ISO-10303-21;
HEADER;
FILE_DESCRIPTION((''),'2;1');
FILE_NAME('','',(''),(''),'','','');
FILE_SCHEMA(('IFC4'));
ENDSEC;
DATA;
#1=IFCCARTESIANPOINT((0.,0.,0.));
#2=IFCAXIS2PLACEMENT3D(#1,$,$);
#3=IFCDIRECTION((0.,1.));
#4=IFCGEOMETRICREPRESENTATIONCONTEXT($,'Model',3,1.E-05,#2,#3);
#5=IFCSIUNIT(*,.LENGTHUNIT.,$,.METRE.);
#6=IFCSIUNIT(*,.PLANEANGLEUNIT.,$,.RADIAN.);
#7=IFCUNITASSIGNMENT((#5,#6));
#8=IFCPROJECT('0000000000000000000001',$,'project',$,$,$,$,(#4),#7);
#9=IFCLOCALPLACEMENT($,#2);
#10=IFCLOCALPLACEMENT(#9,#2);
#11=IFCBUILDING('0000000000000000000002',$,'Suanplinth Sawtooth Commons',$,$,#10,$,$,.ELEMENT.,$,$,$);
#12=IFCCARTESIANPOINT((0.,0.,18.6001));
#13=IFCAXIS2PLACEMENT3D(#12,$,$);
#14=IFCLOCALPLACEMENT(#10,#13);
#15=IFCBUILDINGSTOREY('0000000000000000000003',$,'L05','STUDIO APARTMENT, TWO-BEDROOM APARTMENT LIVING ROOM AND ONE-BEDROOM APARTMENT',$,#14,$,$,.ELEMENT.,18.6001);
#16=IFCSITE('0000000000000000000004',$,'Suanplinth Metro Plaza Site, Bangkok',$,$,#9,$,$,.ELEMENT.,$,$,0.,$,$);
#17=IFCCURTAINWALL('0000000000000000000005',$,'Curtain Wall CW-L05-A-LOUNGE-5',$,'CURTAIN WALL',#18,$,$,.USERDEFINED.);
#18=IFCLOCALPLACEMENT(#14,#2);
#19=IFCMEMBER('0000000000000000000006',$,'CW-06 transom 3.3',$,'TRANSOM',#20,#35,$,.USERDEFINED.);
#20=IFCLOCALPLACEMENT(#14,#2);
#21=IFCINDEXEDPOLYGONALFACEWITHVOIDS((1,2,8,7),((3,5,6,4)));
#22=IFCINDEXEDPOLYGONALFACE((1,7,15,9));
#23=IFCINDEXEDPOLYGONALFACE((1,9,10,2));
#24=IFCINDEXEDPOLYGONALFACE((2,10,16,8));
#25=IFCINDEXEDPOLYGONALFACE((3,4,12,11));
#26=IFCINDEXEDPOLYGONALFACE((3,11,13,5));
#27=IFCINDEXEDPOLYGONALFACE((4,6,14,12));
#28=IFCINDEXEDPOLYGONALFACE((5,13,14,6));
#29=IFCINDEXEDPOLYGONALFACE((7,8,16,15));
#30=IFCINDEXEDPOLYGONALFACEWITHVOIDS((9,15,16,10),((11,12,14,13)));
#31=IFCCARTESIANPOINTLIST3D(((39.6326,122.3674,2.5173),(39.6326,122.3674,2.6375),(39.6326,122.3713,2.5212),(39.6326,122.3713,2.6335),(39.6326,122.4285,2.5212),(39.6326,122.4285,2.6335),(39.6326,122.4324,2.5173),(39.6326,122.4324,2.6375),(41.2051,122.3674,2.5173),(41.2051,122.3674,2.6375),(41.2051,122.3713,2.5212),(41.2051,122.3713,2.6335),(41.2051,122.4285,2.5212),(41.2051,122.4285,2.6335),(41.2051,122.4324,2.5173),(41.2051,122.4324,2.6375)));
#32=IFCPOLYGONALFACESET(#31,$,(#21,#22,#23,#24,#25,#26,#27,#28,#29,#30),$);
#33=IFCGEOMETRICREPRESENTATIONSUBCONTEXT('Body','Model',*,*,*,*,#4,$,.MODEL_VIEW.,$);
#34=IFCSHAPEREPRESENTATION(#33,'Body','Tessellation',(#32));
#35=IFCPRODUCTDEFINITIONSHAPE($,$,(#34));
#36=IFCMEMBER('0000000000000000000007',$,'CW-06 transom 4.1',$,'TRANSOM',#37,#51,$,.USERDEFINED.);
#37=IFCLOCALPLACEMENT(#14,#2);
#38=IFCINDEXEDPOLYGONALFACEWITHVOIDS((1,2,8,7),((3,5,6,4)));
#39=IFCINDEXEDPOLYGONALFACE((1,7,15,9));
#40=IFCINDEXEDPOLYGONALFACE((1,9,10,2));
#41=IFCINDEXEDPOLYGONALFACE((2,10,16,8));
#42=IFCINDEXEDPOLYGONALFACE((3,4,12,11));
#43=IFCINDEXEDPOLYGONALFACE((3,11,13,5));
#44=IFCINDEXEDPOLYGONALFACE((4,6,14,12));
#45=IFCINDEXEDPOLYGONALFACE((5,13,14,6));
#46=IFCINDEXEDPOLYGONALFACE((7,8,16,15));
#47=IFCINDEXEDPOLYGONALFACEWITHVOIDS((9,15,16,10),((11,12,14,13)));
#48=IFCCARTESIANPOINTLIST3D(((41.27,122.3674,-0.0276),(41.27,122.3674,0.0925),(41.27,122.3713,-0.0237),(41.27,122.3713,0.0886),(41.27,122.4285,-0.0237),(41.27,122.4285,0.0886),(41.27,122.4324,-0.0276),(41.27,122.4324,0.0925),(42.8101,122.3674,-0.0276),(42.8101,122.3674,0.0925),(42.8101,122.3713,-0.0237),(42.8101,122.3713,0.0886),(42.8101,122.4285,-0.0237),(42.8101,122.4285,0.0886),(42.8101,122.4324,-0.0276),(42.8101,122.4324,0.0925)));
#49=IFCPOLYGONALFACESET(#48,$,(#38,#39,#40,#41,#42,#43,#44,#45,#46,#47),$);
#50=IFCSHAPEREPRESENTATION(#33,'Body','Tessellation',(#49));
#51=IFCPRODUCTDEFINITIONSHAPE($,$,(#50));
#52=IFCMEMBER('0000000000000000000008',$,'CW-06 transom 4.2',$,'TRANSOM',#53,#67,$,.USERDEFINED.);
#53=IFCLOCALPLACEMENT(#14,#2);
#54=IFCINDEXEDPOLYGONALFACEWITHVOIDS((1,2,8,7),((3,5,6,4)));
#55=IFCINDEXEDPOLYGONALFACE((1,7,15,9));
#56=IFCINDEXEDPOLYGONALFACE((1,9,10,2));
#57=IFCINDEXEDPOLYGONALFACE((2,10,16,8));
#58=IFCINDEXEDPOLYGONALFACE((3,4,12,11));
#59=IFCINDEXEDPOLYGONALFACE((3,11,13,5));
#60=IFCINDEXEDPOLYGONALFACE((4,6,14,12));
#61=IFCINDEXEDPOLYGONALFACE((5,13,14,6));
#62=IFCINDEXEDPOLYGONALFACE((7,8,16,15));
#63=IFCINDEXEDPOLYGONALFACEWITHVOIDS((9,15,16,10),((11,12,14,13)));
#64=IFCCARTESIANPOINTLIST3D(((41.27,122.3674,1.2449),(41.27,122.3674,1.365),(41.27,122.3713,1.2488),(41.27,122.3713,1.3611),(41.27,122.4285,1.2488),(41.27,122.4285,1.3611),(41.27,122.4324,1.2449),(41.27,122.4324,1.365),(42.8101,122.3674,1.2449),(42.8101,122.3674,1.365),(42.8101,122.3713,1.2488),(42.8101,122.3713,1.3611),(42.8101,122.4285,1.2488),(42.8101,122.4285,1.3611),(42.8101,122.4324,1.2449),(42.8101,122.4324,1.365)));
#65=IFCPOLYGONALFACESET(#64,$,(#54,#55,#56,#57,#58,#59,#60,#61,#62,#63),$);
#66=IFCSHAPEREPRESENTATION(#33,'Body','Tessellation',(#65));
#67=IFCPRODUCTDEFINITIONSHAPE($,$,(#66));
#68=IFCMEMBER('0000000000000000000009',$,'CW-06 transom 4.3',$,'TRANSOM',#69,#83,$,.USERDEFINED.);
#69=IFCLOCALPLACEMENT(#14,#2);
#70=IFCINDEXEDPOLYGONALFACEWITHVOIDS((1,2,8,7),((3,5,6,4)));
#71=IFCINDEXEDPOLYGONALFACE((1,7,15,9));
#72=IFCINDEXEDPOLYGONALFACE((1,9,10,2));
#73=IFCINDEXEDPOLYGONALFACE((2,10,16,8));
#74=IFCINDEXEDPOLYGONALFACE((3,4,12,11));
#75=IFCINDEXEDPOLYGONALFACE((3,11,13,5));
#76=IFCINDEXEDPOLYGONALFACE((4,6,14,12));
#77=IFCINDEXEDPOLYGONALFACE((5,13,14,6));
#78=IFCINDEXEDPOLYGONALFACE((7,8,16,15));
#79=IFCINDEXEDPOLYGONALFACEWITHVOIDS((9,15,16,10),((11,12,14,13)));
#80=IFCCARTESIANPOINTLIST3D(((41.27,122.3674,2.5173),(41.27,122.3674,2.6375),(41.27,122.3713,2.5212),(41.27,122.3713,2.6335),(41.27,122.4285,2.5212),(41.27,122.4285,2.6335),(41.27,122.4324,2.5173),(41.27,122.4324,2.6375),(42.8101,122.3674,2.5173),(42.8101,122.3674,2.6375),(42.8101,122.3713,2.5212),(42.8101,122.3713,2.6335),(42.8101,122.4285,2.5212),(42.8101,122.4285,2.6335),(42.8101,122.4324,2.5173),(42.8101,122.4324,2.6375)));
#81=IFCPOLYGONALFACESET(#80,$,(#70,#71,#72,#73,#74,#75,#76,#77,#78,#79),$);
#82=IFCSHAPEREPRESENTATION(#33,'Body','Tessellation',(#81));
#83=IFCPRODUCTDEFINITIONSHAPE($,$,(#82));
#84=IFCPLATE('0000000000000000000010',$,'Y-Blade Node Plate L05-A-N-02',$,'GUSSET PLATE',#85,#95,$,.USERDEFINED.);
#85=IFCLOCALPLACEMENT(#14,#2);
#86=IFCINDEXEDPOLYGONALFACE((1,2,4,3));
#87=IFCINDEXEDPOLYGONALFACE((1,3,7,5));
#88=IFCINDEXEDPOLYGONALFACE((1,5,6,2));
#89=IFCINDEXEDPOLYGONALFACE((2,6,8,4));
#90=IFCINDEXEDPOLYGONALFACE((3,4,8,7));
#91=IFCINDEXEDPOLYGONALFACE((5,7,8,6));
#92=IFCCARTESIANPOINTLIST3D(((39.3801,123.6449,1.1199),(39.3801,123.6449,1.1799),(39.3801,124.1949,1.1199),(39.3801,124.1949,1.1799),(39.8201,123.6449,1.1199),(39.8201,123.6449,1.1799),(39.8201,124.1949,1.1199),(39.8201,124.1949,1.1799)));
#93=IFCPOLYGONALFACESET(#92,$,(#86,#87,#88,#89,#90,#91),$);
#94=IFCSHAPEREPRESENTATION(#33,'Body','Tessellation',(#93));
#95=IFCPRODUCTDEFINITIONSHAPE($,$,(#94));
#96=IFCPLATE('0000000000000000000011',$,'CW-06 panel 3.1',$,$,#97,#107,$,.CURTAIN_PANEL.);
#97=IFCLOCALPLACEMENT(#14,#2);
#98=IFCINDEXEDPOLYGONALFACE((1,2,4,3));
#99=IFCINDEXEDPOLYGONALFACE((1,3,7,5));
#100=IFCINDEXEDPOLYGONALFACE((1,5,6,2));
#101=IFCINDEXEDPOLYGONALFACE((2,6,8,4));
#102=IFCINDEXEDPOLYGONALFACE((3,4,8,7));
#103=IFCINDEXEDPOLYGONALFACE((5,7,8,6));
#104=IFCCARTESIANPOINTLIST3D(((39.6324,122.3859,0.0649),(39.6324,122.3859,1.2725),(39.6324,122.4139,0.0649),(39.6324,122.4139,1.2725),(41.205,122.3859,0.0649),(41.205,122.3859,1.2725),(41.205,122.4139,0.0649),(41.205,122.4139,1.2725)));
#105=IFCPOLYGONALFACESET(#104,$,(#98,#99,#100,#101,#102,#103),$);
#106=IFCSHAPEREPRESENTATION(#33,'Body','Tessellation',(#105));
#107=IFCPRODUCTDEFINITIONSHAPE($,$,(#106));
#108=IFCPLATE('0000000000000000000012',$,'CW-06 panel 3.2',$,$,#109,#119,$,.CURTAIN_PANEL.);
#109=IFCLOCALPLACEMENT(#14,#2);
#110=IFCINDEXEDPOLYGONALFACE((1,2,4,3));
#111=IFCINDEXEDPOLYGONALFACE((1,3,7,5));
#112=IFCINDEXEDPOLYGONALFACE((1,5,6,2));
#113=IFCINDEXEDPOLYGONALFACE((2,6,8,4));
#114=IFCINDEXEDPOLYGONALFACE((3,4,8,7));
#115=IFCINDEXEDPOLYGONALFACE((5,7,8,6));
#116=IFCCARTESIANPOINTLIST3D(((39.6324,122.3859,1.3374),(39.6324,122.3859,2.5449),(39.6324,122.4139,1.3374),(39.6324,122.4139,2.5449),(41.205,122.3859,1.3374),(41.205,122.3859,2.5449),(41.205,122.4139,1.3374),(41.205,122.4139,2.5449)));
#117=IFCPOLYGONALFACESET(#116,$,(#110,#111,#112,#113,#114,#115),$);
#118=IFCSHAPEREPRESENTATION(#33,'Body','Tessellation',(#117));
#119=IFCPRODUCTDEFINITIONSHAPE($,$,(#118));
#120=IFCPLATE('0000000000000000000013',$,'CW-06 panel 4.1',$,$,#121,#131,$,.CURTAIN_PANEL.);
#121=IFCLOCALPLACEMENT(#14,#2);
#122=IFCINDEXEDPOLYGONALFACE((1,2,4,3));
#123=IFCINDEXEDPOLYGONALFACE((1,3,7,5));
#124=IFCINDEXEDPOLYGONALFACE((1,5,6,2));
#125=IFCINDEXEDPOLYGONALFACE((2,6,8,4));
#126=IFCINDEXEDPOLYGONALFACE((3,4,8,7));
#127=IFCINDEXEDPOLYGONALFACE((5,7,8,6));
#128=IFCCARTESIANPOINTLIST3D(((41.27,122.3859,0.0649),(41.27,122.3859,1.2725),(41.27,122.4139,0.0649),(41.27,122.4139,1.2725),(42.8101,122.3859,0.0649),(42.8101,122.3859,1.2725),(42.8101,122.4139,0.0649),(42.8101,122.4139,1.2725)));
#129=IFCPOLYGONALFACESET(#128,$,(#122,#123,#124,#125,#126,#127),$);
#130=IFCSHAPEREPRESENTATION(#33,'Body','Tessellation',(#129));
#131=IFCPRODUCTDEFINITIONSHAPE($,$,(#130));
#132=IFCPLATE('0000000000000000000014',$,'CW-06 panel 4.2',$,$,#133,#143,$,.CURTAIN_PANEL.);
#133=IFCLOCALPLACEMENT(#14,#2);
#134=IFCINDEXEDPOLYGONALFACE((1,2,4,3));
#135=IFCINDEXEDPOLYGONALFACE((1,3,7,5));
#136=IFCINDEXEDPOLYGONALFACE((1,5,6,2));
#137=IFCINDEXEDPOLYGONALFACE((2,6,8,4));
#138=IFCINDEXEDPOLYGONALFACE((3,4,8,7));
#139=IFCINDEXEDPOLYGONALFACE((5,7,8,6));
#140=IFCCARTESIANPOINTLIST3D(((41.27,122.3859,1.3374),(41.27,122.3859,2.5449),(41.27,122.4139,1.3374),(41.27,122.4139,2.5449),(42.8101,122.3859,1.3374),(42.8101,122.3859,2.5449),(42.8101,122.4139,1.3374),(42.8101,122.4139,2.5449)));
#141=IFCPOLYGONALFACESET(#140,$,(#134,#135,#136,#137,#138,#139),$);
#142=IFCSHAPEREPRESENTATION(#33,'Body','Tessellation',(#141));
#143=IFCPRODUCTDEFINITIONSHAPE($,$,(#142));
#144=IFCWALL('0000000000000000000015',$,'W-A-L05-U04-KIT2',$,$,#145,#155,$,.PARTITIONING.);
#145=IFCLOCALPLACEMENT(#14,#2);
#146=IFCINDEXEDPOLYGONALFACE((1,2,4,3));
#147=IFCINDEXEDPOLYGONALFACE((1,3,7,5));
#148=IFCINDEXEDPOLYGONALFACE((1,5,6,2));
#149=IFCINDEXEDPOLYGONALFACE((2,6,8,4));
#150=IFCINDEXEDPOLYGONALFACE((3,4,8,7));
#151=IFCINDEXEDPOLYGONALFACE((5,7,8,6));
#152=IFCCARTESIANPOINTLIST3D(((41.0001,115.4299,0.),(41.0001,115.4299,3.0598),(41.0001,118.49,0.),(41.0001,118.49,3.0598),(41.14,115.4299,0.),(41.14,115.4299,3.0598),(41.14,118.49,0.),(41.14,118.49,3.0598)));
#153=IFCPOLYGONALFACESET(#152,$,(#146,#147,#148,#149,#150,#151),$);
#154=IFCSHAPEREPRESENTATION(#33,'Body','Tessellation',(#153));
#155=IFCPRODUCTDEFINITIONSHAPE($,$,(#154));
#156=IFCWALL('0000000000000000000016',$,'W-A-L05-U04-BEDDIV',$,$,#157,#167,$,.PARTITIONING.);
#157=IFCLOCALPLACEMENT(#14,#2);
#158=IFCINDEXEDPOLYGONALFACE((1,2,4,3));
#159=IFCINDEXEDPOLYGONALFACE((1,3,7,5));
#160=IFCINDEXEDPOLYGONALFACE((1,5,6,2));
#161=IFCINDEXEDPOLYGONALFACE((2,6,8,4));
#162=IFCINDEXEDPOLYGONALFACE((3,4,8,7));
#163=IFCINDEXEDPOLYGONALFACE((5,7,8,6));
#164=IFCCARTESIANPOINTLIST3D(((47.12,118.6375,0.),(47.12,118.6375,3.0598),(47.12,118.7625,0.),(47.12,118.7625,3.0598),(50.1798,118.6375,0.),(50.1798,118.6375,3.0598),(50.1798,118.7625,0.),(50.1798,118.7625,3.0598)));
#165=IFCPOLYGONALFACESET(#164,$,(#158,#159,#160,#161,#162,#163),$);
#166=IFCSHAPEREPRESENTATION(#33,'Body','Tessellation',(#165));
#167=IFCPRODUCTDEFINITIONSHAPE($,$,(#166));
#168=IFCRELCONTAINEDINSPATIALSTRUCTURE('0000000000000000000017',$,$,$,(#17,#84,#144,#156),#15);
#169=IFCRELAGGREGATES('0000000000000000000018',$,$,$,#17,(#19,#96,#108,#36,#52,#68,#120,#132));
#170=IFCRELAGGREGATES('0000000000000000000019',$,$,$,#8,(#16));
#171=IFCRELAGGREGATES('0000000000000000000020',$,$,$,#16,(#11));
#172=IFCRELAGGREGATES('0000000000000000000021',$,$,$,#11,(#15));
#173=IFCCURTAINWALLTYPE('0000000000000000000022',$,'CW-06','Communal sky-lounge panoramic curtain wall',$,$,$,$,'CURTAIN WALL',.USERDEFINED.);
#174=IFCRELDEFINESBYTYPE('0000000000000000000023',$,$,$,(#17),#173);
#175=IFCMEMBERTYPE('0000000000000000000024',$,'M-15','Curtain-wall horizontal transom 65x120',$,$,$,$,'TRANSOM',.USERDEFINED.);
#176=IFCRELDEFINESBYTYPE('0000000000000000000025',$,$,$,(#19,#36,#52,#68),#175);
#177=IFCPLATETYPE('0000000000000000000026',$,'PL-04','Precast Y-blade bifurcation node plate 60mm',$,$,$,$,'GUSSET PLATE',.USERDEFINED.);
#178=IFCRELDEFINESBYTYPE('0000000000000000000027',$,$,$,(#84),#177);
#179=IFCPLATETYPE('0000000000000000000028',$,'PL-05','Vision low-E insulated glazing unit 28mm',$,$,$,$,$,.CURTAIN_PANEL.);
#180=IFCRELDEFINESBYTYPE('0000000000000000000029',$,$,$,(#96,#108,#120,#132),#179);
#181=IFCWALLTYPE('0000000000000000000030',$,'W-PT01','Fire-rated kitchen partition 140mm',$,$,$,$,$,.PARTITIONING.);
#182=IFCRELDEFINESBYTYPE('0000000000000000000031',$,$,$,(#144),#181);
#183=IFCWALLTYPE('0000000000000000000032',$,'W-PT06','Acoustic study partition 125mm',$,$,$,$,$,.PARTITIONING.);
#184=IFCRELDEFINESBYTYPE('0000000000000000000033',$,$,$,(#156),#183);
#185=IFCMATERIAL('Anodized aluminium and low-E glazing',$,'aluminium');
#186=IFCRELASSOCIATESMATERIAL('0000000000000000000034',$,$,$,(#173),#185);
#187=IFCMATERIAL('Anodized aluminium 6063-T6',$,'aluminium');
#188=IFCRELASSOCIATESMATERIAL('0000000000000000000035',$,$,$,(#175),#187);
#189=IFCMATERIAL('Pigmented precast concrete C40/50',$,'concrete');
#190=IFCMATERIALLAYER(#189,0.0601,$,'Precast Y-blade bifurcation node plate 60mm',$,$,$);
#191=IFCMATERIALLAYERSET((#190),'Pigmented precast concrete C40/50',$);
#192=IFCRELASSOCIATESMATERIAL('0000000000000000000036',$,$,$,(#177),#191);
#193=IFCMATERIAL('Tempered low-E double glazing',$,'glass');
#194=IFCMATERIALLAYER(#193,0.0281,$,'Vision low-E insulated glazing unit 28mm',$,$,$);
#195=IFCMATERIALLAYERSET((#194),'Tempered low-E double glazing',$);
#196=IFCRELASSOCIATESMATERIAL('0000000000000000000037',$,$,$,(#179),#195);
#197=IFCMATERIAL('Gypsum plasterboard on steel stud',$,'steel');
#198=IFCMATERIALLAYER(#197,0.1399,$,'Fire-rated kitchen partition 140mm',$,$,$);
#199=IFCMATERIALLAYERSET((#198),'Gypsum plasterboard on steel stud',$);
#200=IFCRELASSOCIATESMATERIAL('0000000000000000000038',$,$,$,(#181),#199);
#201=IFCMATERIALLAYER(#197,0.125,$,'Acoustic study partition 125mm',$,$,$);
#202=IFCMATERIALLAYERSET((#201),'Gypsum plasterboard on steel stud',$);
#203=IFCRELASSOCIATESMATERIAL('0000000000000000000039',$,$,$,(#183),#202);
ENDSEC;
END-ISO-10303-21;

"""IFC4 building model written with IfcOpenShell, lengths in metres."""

from ifc_helpers import new_model, si_unit, direction, frame, frame_2d, origin, origin_2d, place, context, subcontext, project, spatial, rectangle, hollow_rectangle, extrude, material, layer, layer_set, material_profile, profile_set, type_object, element, aggregate, save


model = new_model("IFC4")

# Units and contexts
model_context = context("Model", 3, precision=1e-05, world=origin(), true_north=direction((0.0, 1.0)))
body_context = subcontext(model_context, "Body", "Model", "MODEL_VIEW")
ifc_project = project(units=[si_unit("LENGTHUNIT", "METRE"), si_unit("PLANEANGLEUNIT", "RADIAN")], contexts=[model_context])

# Site, building, storey
site_placement = place(None, origin())
site = spatial("IfcSite", under=ifc_project, at=site_placement, Name="Suanplinth Metro Plaza Site, Bangkok", CompositionType="ELEMENT", RefElevation=0.0)
building_placement = place(site_placement, origin())
building = spatial("IfcBuilding", under=site, at=building_placement, Name="Suanplinth Sawtooth Commons", CompositionType="ELEMENT")
storey_placement = place(building_placement, frame((0.0, 0.0, 18.6001)))
storey = spatial("IfcBuildingStorey", under=building, at=storey_placement, Name="L05", Description="STUDIO APARTMENT, TWO-BEDROOM APARTMENT LIVING ROOM AND ONE-BEDROOM APARTMENT", CompositionType="ELEMENT", Elevation=18.6001)

# Shared definitions
ifc_material_1 = material(Name="Pigmented precast concrete C40/50", Category="concrete")

# Curtain wall, members
ifc_material_2 = material(Name="Anodized aluminium and low-E glazing", Category="aluminium")
curtain_wall_type = type_object("IfcCurtainWallType", Name="CW-06", Description="Communal sky-lounge panoramic curtain wall", ElementType="CURTAIN WALL", PredefinedType="USERDEFINED", material=ifc_material_2)
curtain_wall_placement = place(storey_placement, origin())
curtain_wall = element("IfcCurtainWall", 1, at=curtain_wall_placement, inside=storey, type_object=curtain_wall_type, Name="Curtain Wall CW-L05-A-LOUNGE-5", ObjectType="CURTAIN WALL", PredefinedType="USERDEFINED")
ifc_material_3 = material(Name="Anodized aluminium 6063-T6", Category="aluminium")
ifc_material_profile_1 = material_profile(ifc_material_3, hollow_rectangle(XDim=0.0649, YDim=0.1201, WallThickness=0.0039, at=origin_2d()), Name="ALU-TRN 65x120")
ifc_profile_set_1 = profile_set([ifc_material_profile_1], Name="Anodized aluminium 6063-T6")
member_type_1 = type_object("IfcMemberType", Name="M-15", Description="Curtain-wall horizontal transom 65x120", ElementType="TRANSOM", PredefinedType="USERDEFINED", material=ifc_profile_set_1)
member_1_placement = place(storey_placement, frame((39.6326, 122.3999, 2.5774), z_axis=(1.0, 0.0, 0.0), x_axis=(0.0, 1.0, 0.0)))
member_1 = element("IfcMember", 2, at=member_1_placement, type_object=member_type_1, Name="CW-06 transom 3.3", ObjectType="TRANSOM", PredefinedType="USERDEFINED", context=body_context, shape_type="SweptSolid", body=[
    extrude(hollow_rectangle(XDim=0.0649, YDim=0.1201, WallThickness=0.0039, at=origin_2d()), origin(), (0.0, 0.0, 1.0), 1.5725),
])
member_2_placement = place(storey_placement, frame((41.27, 122.3999, 0.0325), z_axis=(1.0, 0.0, 0.0), x_axis=(0.0, 1.0, 0.0)))
member_2 = element("IfcMember", 3, at=member_2_placement, type_object=member_type_1, Name="CW-06 transom 4.1", ObjectType="TRANSOM", PredefinedType="USERDEFINED", context=body_context, shape_type="SweptSolid", body=[
    extrude(hollow_rectangle(XDim=0.0649, YDim=0.1201, WallThickness=0.0039, at=origin_2d()), origin(), (0.0, 0.0, 1.0), 1.54),
])
member_3_placement = place(storey_placement, frame((41.27, 122.3999, 1.3049), z_axis=(1.0, 0.0, 0.0), x_axis=(0.0, 1.0, 0.0)))
member_3 = element("IfcMember", 4, at=member_3_placement, type_object=member_type_1, Name="CW-06 transom 4.2", ObjectType="TRANSOM", PredefinedType="USERDEFINED", context=body_context, shape_type="SweptSolid", body=[
    extrude(hollow_rectangle(XDim=0.0649, YDim=0.1201, WallThickness=0.0039, at=origin_2d()), origin(), (0.0, 0.0, 1.0), 1.54),
])
member_4_placement = place(storey_placement, frame((41.27, 122.3999, 2.5774), z_axis=(1.0, 0.0, 0.0), x_axis=(0.0, 1.0, 0.0)))
member_4 = element("IfcMember", 5, at=member_4_placement, type_object=member_type_1, Name="CW-06 transom 4.3", ObjectType="TRANSOM", PredefinedType="USERDEFINED", context=body_context, shape_type="SweptSolid", body=[
    extrude(hollow_rectangle(XDim=0.0649, YDim=0.1201, WallThickness=0.0039, at=origin_2d()), origin(), (0.0, 0.0, 1.0), 1.54),
])

# Plates
ifc_layer_1 = layer(ifc_material_1, 0.0601, Name="Precast Y-blade bifurcation node plate 60mm")
ifc_layer_set_1 = layer_set([ifc_layer_1], Name="Pigmented precast concrete C40/50")
plate_type_1 = type_object("IfcPlateType", Name="PL-04", Description="Precast Y-blade bifurcation node plate 60mm", ElementType="GUSSET PLATE", PredefinedType="USERDEFINED", material=ifc_layer_set_1)
plate_1_placement = place(storey_placement, frame((39.6001, 123.9199, 1.1199), z_axis=(0.0, 0.0, 1.0), x_axis=(1.0, 0.0, 0.0)))
element("IfcPlate", 6, at=plate_1_placement, inside=storey, type_object=plate_type_1, Name="Y-Blade Node Plate L05-A-N-02", ObjectType="GUSSET PLATE", PredefinedType="USERDEFINED", context=body_context, shape_type="SweptSolid", body=[
    extrude(rectangle(XDim=0.4399, YDim=0.55, at=origin_2d()), origin(), (0.0, 0.0, 1.0), 0.0601),
])
ifc_material_4 = material(Name="Tempered low-E double glazing", Category="glass")
ifc_layer_2 = layer(ifc_material_4, 0.0281, Name="Vision low-E insulated glazing unit 28mm")
ifc_layer_set_2 = layer_set([ifc_layer_2], Name="Tempered low-E double glazing")
plate_type_2 = type_object("IfcPlateType", Name="PL-05", Description="Vision low-E insulated glazing unit 28mm", PredefinedType="CURTAIN_PANEL", material=ifc_layer_set_2)
plate_2_placement = place(storey_placement, frame((40.4187, 122.3999, 0.0649), z_axis=(0.0, 0.0, 1.0), x_axis=(1.0, 0.0, 0.0)))
plate_2 = element("IfcPlate", 7, at=plate_2_placement, type_object=plate_type_2, Name="CW-06 panel 3.1", PredefinedType="CURTAIN_PANEL", context=body_context, shape_type="SweptSolid", body=[
    extrude(rectangle(XDim=1.5725, YDim=0.0281, at=origin_2d()), origin(), (0.0, 0.0, 1.0), 1.2075),
])
plate_3_placement = place(storey_placement, frame((40.4187, 122.3999, 1.3374), z_axis=(0.0, 0.0, 1.0), x_axis=(1.0, 0.0, 0.0)))
plate_3 = element("IfcPlate", 8, at=plate_3_placement, type_object=plate_type_2, Name="CW-06 panel 3.2", PredefinedType="CURTAIN_PANEL", context=body_context, shape_type="SweptSolid", body=[
    extrude(rectangle(XDim=1.5725, YDim=0.0281, at=origin_2d()), origin(), (0.0, 0.0, 1.0), 1.2075),
])
plate_4_placement = place(storey_placement, frame((42.04, 122.3999, 0.0649), z_axis=(0.0, 0.0, 1.0), x_axis=(1.0, 0.0, 0.0)))
plate_4 = element("IfcPlate", 9, at=plate_4_placement, type_object=plate_type_2, Name="CW-06 panel 4.1", PredefinedType="CURTAIN_PANEL", context=body_context, shape_type="SweptSolid", body=[
    extrude(rectangle(XDim=1.54, YDim=0.0281, at=origin_2d()), origin(), (0.0, 0.0, 1.0), 1.2075),
])
plate_5_placement = place(storey_placement, frame((42.04, 122.3999, 1.3374), z_axis=(0.0, 0.0, 1.0), x_axis=(1.0, 0.0, 0.0)))
plate_5 = element("IfcPlate", 10, at=plate_5_placement, type_object=plate_type_2, Name="CW-06 panel 4.2", PredefinedType="CURTAIN_PANEL", context=body_context, shape_type="SweptSolid", body=[
    extrude(rectangle(XDim=1.54, YDim=0.0281, at=origin_2d()), origin(), (0.0, 0.0, 1.0), 1.2075),
])
aggregate(curtain_wall, [member_1, plate_2, plate_3, member_2, member_3, member_4, plate_4, plate_5])

# Wall
ifc_material_5 = material(Name="Gypsum plasterboard on steel stud", Category="steel")
ifc_layer_3 = layer(ifc_material_5, 0.1399, Name="Fire-rated kitchen partition 140mm")
ifc_layer_set_3 = layer_set([ifc_layer_3], Name="Gypsum plasterboard on steel stud")
wall_type_1 = type_object("IfcWallType", Name="W-PT01", Description="Fire-rated kitchen partition 140mm", PredefinedType="PARTITIONING", material=ifc_layer_set_3)
wall_1_placement = place(storey_placement, frame((41.0701, 115.4299, 0.0), z_axis=(0.0, 0.0, 1.0), x_axis=(0.0, 1.0, 0.0)))
element("IfcWall", 11, at=wall_1_placement, inside=storey, type_object=wall_type_1, Name="W-A-L05-U04-KIT2", PredefinedType="PARTITIONING", context=body_context, shape_type="SweptSolid", body=[
    extrude(rectangle(XDim=3.0601, YDim=0.1399, at=frame_2d((1.53, 0.0))), origin(), (0.0, 0.0, 1.0), 3.0598),
])

# Wall
ifc_layer_4 = layer(ifc_material_5, 0.125, Name="Acoustic study partition 125mm")
ifc_layer_set_4 = layer_set([ifc_layer_4], Name="Gypsum plasterboard on steel stud")
wall_type_2 = type_object("IfcWallType", Name="W-PT06", Description="Acoustic study partition 125mm", PredefinedType="PARTITIONING", material=ifc_layer_set_4)
wall_2_placement = place(storey_placement, frame((47.1201, 118.7, 0.0), z_axis=(0.0, 0.0, 1.0), x_axis=(1.0, 0.0, 0.0)))
element("IfcWall", 12, at=wall_2_placement, inside=storey, type_object=wall_type_2, Name="W-A-L05-U04-BEDDIV", PredefinedType="PARTITIONING", context=body_context, shape_type="SweptSolid", body=[
    extrude(rectangle(XDim=3.0598, YDim=0.125, at=frame_2d((1.5298, 0.0))), origin(), (0.0, 0.0, 1.0), 3.0598),
])

save(model, "model.ifc")
